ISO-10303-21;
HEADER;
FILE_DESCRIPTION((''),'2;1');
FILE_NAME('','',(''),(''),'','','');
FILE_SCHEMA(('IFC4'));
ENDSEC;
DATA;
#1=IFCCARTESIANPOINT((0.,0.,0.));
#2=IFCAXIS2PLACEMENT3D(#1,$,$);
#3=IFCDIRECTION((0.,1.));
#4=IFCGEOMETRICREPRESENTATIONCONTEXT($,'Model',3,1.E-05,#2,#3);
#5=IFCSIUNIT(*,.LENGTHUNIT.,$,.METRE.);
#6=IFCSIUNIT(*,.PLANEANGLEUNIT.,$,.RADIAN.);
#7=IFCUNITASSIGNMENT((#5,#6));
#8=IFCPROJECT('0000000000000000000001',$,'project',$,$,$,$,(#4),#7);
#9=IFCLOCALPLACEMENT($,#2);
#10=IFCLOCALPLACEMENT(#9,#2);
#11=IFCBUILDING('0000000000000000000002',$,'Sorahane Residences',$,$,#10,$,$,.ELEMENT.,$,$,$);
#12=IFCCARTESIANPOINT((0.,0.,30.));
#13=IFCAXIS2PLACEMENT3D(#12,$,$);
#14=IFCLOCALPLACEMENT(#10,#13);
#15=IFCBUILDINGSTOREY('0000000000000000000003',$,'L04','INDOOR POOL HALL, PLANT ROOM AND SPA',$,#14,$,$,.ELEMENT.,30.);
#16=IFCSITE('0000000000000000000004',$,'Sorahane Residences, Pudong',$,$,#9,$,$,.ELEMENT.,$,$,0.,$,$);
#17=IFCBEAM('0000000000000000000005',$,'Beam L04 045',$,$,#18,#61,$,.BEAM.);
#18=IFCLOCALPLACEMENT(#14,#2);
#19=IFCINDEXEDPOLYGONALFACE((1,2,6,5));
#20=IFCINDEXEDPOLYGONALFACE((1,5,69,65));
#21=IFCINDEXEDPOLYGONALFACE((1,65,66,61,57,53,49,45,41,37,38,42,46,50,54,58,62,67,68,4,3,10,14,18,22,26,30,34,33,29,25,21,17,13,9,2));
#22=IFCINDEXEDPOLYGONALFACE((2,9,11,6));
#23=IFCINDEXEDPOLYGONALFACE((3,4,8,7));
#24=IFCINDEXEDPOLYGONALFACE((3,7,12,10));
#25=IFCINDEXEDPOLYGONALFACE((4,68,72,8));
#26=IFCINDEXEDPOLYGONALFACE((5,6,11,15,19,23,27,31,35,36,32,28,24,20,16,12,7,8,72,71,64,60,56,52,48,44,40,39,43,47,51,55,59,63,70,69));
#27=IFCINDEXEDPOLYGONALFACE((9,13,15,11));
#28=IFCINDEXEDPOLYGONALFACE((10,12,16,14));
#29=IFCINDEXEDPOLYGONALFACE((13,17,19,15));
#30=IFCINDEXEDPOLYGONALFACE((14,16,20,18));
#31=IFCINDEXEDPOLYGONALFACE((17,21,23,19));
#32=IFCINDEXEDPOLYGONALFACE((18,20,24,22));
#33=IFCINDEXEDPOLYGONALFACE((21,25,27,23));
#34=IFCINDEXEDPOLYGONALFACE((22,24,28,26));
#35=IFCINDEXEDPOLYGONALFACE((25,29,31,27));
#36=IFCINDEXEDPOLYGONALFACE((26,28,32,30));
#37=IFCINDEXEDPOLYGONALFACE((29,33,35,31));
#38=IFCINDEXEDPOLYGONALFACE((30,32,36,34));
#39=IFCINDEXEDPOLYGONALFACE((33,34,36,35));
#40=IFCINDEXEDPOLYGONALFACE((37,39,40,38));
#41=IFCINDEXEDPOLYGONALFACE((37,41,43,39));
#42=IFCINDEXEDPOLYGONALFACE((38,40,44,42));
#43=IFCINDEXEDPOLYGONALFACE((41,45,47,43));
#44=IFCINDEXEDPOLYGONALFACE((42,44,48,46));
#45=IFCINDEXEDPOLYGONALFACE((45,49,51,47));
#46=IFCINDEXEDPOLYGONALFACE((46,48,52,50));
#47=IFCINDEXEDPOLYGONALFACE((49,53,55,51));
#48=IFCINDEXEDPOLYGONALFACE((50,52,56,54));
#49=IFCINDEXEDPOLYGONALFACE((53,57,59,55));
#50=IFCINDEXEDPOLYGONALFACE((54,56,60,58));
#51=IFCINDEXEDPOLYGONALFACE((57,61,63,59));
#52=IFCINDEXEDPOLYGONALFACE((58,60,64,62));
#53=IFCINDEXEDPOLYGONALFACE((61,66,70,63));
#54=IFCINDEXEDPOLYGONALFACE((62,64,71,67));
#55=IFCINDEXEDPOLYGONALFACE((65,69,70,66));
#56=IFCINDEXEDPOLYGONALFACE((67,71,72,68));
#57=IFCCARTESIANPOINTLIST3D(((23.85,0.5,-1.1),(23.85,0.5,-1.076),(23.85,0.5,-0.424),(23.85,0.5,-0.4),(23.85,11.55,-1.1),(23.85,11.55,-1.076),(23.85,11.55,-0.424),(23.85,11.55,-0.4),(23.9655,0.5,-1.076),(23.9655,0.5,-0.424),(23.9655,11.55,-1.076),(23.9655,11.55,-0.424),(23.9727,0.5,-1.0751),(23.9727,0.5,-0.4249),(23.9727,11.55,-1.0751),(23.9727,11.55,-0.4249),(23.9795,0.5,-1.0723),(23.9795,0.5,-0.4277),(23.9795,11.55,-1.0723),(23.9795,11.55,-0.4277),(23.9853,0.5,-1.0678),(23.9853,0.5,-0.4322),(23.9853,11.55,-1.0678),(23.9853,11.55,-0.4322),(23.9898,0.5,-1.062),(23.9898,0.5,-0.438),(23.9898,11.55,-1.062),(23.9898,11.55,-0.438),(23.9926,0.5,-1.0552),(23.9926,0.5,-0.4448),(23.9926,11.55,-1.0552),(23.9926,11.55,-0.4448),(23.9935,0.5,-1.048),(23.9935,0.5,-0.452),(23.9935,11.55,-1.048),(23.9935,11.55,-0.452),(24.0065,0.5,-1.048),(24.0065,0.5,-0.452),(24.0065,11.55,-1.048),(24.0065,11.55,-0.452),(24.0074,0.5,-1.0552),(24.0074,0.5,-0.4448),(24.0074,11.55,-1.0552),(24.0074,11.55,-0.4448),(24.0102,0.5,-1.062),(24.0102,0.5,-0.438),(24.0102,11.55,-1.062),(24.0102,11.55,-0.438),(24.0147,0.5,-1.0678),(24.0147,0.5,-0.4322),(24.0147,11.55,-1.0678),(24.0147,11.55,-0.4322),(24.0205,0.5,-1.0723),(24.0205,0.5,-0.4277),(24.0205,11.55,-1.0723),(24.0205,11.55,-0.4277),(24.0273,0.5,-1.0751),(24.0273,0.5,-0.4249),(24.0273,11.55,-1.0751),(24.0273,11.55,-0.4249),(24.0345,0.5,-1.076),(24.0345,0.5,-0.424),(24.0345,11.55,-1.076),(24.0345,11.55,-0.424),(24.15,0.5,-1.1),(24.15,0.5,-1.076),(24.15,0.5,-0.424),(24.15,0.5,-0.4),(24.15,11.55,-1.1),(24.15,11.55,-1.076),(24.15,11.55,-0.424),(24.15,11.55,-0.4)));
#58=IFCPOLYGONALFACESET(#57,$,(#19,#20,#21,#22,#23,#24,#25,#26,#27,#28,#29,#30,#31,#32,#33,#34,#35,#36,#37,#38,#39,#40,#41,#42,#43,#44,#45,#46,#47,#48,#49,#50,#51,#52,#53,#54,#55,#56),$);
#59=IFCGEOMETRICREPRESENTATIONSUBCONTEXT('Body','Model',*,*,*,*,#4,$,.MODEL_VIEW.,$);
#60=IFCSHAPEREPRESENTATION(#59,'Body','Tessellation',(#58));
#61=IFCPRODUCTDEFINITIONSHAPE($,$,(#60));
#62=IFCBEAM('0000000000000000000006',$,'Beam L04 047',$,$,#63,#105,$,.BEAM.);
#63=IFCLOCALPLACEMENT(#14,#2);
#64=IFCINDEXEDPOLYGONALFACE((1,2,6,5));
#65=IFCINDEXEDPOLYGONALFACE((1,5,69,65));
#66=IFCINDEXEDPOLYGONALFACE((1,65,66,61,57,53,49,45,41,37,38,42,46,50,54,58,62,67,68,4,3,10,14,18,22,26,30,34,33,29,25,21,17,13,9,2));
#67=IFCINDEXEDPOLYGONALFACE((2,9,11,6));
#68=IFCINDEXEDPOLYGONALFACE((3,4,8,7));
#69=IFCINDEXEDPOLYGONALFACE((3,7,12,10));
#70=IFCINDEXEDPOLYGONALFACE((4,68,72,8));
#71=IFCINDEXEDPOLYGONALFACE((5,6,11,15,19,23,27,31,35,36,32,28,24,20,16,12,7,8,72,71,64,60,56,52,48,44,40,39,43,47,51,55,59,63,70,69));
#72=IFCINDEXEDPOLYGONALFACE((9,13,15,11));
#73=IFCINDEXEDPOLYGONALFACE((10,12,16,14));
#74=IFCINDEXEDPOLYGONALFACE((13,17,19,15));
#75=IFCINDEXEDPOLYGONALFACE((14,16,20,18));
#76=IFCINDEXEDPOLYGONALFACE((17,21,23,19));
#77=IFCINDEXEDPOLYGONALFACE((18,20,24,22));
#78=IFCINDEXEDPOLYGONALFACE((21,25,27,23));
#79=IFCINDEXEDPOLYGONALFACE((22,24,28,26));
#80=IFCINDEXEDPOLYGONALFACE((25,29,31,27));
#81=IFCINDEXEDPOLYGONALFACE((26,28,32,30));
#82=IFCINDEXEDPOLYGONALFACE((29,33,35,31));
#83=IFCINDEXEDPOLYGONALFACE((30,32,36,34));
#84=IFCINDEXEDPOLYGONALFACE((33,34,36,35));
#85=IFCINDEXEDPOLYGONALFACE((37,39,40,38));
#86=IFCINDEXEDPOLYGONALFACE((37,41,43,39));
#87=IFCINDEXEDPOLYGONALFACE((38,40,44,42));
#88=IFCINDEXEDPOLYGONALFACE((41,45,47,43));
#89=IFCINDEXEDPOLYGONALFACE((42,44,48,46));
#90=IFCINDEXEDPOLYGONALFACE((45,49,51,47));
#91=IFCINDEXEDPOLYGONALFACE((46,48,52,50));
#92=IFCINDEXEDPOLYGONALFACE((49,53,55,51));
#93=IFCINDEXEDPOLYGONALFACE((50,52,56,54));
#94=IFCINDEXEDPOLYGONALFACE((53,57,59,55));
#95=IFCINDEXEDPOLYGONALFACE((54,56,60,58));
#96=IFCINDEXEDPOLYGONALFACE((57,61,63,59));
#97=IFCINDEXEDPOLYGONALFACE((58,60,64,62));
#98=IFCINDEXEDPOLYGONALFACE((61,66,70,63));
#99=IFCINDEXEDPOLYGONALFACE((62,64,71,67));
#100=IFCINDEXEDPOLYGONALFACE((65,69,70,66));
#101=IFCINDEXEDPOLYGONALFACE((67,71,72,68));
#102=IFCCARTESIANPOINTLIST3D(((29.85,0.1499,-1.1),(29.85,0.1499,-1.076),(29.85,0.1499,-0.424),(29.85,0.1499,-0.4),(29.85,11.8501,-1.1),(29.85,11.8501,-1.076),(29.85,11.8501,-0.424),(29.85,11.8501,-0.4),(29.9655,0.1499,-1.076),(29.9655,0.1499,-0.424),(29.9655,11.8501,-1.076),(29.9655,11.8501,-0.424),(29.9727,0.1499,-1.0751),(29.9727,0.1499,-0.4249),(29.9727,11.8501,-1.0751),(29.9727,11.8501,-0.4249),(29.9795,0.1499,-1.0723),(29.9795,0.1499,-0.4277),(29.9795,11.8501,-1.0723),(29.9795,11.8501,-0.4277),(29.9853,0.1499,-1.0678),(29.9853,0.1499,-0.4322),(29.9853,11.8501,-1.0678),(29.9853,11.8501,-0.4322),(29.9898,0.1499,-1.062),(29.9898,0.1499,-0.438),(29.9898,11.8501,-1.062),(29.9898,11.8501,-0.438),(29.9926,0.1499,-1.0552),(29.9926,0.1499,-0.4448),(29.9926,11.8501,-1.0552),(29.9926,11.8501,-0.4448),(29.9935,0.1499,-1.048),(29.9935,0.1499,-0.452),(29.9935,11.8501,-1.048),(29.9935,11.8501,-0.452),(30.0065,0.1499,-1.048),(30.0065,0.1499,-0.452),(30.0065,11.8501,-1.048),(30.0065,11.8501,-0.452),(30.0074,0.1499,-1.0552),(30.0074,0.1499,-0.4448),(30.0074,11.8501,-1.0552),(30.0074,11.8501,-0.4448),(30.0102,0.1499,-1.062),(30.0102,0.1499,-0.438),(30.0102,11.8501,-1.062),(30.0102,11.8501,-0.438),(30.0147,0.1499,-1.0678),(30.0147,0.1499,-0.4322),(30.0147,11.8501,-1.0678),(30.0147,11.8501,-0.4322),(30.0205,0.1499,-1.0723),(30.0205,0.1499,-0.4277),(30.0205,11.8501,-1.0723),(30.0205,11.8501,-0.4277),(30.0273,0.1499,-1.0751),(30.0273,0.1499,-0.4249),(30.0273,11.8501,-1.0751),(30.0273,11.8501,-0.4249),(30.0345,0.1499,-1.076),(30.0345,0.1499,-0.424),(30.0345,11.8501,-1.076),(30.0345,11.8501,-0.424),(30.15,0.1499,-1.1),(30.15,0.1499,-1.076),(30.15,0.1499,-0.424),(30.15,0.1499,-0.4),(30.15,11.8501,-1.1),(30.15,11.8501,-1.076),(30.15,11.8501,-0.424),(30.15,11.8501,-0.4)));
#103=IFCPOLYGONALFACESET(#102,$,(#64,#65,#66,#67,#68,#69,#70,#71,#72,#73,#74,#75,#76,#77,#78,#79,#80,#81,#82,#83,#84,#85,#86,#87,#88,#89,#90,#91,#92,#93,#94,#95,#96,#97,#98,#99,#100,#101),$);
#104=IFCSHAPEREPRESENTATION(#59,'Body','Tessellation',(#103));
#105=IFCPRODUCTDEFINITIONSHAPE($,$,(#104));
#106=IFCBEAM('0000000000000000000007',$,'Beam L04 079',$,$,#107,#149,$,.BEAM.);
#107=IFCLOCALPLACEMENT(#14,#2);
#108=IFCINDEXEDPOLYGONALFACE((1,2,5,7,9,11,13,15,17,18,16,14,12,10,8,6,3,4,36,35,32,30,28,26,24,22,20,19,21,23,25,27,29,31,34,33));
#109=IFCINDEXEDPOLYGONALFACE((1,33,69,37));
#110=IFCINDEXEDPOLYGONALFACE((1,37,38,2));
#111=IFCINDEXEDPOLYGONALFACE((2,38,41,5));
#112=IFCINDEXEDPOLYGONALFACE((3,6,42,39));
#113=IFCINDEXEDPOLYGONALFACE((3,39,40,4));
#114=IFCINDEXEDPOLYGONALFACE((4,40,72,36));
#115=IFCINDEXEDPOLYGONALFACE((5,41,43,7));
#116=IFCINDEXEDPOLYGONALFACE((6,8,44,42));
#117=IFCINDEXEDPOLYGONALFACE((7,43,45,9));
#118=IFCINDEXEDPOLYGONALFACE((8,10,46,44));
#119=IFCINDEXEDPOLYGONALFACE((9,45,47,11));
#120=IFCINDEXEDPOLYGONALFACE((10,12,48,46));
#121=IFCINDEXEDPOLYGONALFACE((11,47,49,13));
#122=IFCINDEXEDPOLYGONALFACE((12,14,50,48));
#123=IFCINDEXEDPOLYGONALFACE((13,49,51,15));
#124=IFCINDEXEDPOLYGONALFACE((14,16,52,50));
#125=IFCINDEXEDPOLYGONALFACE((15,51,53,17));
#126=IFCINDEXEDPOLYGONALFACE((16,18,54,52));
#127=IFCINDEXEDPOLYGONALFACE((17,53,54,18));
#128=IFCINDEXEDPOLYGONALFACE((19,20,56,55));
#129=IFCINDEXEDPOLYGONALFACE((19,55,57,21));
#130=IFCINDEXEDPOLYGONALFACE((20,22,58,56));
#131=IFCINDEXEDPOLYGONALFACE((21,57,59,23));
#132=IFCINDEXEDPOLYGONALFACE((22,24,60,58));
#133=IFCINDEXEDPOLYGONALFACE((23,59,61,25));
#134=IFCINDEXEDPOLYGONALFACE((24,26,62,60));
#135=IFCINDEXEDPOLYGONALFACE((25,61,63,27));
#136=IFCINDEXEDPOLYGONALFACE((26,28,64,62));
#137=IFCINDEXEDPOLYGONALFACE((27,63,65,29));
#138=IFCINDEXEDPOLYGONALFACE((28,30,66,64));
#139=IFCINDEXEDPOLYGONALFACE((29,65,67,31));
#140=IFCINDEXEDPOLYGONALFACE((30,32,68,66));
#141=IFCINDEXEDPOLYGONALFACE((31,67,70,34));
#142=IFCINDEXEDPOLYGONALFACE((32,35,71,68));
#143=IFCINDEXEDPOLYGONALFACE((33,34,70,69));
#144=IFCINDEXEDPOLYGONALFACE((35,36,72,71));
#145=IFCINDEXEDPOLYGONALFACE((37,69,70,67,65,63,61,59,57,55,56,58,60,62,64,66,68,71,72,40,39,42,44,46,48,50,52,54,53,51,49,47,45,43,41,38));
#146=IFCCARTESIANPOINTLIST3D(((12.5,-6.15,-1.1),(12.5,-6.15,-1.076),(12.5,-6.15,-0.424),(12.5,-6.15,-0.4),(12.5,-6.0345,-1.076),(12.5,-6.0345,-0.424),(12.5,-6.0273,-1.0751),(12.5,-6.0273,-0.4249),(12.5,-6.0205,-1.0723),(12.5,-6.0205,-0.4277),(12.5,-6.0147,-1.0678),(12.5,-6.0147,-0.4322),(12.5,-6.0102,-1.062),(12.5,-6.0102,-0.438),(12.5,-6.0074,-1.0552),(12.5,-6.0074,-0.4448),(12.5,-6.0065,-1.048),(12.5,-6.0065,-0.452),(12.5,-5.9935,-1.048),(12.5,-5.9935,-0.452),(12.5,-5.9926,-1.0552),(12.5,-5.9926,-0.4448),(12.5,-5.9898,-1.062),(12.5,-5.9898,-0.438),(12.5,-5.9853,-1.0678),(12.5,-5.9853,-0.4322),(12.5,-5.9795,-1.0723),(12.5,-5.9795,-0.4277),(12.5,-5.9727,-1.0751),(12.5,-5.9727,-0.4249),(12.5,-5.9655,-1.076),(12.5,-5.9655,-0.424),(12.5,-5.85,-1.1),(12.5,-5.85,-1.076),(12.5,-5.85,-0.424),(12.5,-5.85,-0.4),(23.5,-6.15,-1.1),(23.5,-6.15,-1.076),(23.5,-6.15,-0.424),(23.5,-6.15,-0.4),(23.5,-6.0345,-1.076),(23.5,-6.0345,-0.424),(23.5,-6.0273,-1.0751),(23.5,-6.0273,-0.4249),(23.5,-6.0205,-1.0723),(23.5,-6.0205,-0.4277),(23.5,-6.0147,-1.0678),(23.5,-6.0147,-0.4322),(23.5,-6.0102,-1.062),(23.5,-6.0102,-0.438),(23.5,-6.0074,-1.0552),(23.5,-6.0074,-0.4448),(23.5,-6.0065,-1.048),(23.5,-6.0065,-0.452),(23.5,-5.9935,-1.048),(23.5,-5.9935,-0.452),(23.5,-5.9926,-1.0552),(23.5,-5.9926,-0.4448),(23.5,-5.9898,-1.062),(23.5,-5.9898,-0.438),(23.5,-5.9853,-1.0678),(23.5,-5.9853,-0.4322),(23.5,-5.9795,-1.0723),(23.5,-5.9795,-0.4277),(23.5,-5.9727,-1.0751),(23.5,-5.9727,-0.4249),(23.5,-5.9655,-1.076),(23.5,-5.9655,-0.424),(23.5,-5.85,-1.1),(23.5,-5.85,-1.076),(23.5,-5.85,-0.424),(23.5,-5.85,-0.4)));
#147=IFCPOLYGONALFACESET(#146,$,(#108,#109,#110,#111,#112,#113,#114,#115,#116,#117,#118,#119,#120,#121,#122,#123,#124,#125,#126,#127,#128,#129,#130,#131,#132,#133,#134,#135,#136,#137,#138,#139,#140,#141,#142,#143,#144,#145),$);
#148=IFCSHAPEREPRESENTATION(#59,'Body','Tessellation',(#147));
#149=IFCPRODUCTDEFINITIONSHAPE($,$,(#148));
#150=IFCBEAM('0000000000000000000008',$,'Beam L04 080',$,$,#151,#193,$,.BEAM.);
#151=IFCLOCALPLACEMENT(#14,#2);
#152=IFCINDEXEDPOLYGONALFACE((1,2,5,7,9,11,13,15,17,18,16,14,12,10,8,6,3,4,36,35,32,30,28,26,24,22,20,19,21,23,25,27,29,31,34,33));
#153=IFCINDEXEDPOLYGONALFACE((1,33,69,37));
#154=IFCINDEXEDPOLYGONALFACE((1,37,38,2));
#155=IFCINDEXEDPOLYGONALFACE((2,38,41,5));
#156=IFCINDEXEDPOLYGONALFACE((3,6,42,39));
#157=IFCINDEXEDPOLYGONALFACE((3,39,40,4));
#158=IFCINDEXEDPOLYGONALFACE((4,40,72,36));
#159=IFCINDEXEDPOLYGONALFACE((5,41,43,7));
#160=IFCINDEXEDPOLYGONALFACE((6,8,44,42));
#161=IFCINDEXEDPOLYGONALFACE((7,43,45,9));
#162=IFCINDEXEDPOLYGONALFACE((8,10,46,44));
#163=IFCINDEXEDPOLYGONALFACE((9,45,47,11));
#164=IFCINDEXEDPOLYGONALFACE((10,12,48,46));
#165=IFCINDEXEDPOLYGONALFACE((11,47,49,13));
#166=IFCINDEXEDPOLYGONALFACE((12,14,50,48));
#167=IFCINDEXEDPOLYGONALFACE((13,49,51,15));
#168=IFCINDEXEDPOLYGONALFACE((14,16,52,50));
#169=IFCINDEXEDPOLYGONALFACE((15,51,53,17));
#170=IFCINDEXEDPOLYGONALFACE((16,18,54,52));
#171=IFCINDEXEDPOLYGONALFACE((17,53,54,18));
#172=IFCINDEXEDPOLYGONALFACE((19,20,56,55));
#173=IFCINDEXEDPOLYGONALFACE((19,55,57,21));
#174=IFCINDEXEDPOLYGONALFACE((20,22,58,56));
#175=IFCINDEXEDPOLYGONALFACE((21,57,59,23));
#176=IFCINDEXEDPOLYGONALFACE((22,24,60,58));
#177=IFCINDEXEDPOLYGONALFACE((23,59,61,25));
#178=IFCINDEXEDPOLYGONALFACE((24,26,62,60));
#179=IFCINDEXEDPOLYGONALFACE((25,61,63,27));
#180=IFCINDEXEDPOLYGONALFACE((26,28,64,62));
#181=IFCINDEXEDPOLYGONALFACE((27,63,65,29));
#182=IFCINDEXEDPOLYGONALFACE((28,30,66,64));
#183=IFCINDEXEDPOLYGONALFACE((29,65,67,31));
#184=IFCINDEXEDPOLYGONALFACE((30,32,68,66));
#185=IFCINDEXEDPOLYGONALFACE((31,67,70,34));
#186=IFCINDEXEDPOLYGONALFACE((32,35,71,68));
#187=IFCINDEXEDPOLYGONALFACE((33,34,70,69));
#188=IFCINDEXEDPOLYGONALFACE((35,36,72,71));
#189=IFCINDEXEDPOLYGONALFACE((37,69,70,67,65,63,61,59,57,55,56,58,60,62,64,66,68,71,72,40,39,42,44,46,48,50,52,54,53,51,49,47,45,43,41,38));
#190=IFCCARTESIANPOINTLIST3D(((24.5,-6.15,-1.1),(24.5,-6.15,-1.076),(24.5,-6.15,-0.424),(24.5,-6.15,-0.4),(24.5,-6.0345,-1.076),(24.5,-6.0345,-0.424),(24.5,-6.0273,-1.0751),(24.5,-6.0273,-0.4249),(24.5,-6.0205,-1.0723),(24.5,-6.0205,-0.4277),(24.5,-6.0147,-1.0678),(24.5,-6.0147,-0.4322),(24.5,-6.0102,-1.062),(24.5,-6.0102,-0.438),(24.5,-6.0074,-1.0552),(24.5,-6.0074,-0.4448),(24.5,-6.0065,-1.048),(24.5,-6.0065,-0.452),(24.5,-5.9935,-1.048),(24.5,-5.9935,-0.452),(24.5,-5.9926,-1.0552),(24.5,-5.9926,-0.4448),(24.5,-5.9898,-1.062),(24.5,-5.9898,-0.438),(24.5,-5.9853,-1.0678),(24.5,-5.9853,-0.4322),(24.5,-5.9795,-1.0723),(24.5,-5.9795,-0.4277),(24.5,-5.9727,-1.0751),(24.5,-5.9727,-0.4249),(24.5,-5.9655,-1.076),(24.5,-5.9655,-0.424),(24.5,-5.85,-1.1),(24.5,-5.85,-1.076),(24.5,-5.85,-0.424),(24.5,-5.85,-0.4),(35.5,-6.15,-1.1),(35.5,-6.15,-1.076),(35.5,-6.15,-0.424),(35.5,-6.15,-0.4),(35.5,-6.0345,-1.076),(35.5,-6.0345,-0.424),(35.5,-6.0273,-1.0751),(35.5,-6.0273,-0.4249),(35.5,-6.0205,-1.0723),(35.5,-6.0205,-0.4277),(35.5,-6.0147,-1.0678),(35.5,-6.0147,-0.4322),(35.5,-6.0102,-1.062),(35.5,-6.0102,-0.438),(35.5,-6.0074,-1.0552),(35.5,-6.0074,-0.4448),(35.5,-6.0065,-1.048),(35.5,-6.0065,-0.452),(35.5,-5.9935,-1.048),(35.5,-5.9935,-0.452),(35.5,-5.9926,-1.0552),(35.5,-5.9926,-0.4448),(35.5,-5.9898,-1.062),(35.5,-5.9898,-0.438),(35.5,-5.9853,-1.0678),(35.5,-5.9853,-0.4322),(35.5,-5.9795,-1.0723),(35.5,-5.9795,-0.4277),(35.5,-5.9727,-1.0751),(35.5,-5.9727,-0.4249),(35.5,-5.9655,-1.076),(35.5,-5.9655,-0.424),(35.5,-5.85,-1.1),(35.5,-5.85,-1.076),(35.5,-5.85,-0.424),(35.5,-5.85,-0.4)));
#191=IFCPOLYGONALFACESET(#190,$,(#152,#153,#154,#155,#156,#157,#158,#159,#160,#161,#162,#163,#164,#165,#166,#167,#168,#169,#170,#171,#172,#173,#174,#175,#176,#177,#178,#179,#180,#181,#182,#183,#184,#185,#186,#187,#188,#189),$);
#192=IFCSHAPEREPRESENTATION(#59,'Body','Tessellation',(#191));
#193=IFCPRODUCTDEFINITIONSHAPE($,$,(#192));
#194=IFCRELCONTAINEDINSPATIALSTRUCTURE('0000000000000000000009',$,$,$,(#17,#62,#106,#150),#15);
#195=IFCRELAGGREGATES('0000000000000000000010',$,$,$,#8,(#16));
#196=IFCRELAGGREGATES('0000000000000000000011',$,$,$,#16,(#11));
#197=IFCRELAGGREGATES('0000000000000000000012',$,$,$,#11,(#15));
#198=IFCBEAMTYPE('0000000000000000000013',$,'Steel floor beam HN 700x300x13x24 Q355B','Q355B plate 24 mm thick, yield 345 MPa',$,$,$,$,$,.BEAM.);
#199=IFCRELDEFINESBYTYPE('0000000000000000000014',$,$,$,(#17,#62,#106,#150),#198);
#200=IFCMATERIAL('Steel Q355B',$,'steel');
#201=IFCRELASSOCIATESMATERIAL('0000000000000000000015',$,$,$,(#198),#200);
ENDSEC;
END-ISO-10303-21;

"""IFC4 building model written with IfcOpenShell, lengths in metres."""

from ifc_helpers import new_model, si_unit, direction, frame, origin, origin_2d, place, context, subcontext, project, spatial, i_section, extrude, material, material_profile, profile_set, type_object, element, save


model = new_model("IFC4")

# Units and contexts
model_context = context("Model", 3, precision=1e-05, world=origin(), true_north=direction((0.0, 1.0)))
body_context = subcontext(model_context, "Body", "Model", "MODEL_VIEW")
ifc_project = project(units=[si_unit("LENGTHUNIT", "METRE"), si_unit("PLANEANGLEUNIT", "RADIAN")], contexts=[model_context])

# Site, building, storey
site_placement = place(None, origin())
site = spatial("IfcSite", under=ifc_project, at=site_placement, Name="Sorahane Residences, Pudong", CompositionType="ELEMENT", RefElevation=0.0)
building_placement = place(site_placement, origin())
building = spatial("IfcBuilding", under=site, at=building_placement, Name="Sorahane Residences", CompositionType="ELEMENT")
storey_placement = place(building_placement, frame((0.0, 0.0, 30.0)))
storey = spatial("IfcBuildingStorey", under=building, at=storey_placement, Name="L04", Description="INDOOR POOL HALL, PLANT ROOM AND SPA", CompositionType="ELEMENT", Elevation=30.0)

# Beams
ifc_material_1 = material(Name="Steel Q355B", Category="steel")
ifc_material_profile_1 = material_profile(ifc_material_1, i_section(OverallWidth=0.3, OverallDepth=0.7, WebThickness=0.0129, FlangeThickness=0.0239, FilletRadius=0.0281, at=origin_2d()), Name="HN 700x300x13x24")
ifc_profile_set_1 = profile_set([ifc_material_profile_1], Name="Steel Q355B")
beam_type_1 = type_object("IfcBeamType", Name="Steel floor beam HN 700x300x13x24 Q355B", Description="Q355B plate 24 mm thick, yield 345 MPa", PredefinedType="BEAM", material=ifc_profile_set_1)
beam_1_placement = place(storey_placement, frame((24.0, 0.5, -0.75), z_axis=(0.0, 1.0, 0.0), x_axis=(-1.0, 0.0, 0.0)))
element("IfcBeam", 1, at=beam_1_placement, inside=storey, type_object=beam_type_1, Name="Beam L04 045", PredefinedType="BEAM", context=body_context, shape_type="SweptSolid", body=[
    extrude(i_section(OverallWidth=0.3, OverallDepth=0.7, WebThickness=0.0129, FlangeThickness=0.0239, FilletRadius=0.0281, at=origin_2d()), origin(), (0.0, 0.0, 1.0), 11.05),
])
beam_2_placement = place(storey_placement, frame((30.0, 0.1499, -0.75), z_axis=(0.0, 1.0, 0.0), x_axis=(-1.0, 0.0, 0.0)))
element("IfcBeam", 2, at=beam_2_placement, inside=storey, type_object=beam_type_1, Name="Beam L04 047", PredefinedType="BEAM", context=body_context, shape_type="SweptSolid", body=[
    extrude(i_section(OverallWidth=0.3, OverallDepth=0.7, WebThickness=0.0129, FlangeThickness=0.0239, FilletRadius=0.0281, at=origin_2d()), origin(), (0.0, 0.0, 1.0), 11.7002),
])
for number, where, z_axis, x_axis, name in (
    (3, (12.5, -6.0, -0.75), (1.0, 0.0, 0.0), (0.0, 1.0, 0.0), "Beam L04 079"),
    (4, (24.5, -6.0, -0.75), (1.0, 0.0, 0.0), (0.0, 1.0, 0.0), "Beam L04 080"),
):
    element("IfcBeam", number, at=place(storey_placement, frame(where, z_axis=z_axis, x_axis=x_axis)), inside=storey, type_object=beam_type_1, Name=name, PredefinedType="BEAM", context=body_context, shape_type="SweptSolid", body=[
        extrude(i_section(OverallWidth=0.3, OverallDepth=0.7, WebThickness=0.0129, FlangeThickness=0.0239, FilletRadius=0.0281, at=origin_2d()), origin(), (0.0, 0.0, 1.0), 11.0),
    ])

save(model, "model.ifc")
